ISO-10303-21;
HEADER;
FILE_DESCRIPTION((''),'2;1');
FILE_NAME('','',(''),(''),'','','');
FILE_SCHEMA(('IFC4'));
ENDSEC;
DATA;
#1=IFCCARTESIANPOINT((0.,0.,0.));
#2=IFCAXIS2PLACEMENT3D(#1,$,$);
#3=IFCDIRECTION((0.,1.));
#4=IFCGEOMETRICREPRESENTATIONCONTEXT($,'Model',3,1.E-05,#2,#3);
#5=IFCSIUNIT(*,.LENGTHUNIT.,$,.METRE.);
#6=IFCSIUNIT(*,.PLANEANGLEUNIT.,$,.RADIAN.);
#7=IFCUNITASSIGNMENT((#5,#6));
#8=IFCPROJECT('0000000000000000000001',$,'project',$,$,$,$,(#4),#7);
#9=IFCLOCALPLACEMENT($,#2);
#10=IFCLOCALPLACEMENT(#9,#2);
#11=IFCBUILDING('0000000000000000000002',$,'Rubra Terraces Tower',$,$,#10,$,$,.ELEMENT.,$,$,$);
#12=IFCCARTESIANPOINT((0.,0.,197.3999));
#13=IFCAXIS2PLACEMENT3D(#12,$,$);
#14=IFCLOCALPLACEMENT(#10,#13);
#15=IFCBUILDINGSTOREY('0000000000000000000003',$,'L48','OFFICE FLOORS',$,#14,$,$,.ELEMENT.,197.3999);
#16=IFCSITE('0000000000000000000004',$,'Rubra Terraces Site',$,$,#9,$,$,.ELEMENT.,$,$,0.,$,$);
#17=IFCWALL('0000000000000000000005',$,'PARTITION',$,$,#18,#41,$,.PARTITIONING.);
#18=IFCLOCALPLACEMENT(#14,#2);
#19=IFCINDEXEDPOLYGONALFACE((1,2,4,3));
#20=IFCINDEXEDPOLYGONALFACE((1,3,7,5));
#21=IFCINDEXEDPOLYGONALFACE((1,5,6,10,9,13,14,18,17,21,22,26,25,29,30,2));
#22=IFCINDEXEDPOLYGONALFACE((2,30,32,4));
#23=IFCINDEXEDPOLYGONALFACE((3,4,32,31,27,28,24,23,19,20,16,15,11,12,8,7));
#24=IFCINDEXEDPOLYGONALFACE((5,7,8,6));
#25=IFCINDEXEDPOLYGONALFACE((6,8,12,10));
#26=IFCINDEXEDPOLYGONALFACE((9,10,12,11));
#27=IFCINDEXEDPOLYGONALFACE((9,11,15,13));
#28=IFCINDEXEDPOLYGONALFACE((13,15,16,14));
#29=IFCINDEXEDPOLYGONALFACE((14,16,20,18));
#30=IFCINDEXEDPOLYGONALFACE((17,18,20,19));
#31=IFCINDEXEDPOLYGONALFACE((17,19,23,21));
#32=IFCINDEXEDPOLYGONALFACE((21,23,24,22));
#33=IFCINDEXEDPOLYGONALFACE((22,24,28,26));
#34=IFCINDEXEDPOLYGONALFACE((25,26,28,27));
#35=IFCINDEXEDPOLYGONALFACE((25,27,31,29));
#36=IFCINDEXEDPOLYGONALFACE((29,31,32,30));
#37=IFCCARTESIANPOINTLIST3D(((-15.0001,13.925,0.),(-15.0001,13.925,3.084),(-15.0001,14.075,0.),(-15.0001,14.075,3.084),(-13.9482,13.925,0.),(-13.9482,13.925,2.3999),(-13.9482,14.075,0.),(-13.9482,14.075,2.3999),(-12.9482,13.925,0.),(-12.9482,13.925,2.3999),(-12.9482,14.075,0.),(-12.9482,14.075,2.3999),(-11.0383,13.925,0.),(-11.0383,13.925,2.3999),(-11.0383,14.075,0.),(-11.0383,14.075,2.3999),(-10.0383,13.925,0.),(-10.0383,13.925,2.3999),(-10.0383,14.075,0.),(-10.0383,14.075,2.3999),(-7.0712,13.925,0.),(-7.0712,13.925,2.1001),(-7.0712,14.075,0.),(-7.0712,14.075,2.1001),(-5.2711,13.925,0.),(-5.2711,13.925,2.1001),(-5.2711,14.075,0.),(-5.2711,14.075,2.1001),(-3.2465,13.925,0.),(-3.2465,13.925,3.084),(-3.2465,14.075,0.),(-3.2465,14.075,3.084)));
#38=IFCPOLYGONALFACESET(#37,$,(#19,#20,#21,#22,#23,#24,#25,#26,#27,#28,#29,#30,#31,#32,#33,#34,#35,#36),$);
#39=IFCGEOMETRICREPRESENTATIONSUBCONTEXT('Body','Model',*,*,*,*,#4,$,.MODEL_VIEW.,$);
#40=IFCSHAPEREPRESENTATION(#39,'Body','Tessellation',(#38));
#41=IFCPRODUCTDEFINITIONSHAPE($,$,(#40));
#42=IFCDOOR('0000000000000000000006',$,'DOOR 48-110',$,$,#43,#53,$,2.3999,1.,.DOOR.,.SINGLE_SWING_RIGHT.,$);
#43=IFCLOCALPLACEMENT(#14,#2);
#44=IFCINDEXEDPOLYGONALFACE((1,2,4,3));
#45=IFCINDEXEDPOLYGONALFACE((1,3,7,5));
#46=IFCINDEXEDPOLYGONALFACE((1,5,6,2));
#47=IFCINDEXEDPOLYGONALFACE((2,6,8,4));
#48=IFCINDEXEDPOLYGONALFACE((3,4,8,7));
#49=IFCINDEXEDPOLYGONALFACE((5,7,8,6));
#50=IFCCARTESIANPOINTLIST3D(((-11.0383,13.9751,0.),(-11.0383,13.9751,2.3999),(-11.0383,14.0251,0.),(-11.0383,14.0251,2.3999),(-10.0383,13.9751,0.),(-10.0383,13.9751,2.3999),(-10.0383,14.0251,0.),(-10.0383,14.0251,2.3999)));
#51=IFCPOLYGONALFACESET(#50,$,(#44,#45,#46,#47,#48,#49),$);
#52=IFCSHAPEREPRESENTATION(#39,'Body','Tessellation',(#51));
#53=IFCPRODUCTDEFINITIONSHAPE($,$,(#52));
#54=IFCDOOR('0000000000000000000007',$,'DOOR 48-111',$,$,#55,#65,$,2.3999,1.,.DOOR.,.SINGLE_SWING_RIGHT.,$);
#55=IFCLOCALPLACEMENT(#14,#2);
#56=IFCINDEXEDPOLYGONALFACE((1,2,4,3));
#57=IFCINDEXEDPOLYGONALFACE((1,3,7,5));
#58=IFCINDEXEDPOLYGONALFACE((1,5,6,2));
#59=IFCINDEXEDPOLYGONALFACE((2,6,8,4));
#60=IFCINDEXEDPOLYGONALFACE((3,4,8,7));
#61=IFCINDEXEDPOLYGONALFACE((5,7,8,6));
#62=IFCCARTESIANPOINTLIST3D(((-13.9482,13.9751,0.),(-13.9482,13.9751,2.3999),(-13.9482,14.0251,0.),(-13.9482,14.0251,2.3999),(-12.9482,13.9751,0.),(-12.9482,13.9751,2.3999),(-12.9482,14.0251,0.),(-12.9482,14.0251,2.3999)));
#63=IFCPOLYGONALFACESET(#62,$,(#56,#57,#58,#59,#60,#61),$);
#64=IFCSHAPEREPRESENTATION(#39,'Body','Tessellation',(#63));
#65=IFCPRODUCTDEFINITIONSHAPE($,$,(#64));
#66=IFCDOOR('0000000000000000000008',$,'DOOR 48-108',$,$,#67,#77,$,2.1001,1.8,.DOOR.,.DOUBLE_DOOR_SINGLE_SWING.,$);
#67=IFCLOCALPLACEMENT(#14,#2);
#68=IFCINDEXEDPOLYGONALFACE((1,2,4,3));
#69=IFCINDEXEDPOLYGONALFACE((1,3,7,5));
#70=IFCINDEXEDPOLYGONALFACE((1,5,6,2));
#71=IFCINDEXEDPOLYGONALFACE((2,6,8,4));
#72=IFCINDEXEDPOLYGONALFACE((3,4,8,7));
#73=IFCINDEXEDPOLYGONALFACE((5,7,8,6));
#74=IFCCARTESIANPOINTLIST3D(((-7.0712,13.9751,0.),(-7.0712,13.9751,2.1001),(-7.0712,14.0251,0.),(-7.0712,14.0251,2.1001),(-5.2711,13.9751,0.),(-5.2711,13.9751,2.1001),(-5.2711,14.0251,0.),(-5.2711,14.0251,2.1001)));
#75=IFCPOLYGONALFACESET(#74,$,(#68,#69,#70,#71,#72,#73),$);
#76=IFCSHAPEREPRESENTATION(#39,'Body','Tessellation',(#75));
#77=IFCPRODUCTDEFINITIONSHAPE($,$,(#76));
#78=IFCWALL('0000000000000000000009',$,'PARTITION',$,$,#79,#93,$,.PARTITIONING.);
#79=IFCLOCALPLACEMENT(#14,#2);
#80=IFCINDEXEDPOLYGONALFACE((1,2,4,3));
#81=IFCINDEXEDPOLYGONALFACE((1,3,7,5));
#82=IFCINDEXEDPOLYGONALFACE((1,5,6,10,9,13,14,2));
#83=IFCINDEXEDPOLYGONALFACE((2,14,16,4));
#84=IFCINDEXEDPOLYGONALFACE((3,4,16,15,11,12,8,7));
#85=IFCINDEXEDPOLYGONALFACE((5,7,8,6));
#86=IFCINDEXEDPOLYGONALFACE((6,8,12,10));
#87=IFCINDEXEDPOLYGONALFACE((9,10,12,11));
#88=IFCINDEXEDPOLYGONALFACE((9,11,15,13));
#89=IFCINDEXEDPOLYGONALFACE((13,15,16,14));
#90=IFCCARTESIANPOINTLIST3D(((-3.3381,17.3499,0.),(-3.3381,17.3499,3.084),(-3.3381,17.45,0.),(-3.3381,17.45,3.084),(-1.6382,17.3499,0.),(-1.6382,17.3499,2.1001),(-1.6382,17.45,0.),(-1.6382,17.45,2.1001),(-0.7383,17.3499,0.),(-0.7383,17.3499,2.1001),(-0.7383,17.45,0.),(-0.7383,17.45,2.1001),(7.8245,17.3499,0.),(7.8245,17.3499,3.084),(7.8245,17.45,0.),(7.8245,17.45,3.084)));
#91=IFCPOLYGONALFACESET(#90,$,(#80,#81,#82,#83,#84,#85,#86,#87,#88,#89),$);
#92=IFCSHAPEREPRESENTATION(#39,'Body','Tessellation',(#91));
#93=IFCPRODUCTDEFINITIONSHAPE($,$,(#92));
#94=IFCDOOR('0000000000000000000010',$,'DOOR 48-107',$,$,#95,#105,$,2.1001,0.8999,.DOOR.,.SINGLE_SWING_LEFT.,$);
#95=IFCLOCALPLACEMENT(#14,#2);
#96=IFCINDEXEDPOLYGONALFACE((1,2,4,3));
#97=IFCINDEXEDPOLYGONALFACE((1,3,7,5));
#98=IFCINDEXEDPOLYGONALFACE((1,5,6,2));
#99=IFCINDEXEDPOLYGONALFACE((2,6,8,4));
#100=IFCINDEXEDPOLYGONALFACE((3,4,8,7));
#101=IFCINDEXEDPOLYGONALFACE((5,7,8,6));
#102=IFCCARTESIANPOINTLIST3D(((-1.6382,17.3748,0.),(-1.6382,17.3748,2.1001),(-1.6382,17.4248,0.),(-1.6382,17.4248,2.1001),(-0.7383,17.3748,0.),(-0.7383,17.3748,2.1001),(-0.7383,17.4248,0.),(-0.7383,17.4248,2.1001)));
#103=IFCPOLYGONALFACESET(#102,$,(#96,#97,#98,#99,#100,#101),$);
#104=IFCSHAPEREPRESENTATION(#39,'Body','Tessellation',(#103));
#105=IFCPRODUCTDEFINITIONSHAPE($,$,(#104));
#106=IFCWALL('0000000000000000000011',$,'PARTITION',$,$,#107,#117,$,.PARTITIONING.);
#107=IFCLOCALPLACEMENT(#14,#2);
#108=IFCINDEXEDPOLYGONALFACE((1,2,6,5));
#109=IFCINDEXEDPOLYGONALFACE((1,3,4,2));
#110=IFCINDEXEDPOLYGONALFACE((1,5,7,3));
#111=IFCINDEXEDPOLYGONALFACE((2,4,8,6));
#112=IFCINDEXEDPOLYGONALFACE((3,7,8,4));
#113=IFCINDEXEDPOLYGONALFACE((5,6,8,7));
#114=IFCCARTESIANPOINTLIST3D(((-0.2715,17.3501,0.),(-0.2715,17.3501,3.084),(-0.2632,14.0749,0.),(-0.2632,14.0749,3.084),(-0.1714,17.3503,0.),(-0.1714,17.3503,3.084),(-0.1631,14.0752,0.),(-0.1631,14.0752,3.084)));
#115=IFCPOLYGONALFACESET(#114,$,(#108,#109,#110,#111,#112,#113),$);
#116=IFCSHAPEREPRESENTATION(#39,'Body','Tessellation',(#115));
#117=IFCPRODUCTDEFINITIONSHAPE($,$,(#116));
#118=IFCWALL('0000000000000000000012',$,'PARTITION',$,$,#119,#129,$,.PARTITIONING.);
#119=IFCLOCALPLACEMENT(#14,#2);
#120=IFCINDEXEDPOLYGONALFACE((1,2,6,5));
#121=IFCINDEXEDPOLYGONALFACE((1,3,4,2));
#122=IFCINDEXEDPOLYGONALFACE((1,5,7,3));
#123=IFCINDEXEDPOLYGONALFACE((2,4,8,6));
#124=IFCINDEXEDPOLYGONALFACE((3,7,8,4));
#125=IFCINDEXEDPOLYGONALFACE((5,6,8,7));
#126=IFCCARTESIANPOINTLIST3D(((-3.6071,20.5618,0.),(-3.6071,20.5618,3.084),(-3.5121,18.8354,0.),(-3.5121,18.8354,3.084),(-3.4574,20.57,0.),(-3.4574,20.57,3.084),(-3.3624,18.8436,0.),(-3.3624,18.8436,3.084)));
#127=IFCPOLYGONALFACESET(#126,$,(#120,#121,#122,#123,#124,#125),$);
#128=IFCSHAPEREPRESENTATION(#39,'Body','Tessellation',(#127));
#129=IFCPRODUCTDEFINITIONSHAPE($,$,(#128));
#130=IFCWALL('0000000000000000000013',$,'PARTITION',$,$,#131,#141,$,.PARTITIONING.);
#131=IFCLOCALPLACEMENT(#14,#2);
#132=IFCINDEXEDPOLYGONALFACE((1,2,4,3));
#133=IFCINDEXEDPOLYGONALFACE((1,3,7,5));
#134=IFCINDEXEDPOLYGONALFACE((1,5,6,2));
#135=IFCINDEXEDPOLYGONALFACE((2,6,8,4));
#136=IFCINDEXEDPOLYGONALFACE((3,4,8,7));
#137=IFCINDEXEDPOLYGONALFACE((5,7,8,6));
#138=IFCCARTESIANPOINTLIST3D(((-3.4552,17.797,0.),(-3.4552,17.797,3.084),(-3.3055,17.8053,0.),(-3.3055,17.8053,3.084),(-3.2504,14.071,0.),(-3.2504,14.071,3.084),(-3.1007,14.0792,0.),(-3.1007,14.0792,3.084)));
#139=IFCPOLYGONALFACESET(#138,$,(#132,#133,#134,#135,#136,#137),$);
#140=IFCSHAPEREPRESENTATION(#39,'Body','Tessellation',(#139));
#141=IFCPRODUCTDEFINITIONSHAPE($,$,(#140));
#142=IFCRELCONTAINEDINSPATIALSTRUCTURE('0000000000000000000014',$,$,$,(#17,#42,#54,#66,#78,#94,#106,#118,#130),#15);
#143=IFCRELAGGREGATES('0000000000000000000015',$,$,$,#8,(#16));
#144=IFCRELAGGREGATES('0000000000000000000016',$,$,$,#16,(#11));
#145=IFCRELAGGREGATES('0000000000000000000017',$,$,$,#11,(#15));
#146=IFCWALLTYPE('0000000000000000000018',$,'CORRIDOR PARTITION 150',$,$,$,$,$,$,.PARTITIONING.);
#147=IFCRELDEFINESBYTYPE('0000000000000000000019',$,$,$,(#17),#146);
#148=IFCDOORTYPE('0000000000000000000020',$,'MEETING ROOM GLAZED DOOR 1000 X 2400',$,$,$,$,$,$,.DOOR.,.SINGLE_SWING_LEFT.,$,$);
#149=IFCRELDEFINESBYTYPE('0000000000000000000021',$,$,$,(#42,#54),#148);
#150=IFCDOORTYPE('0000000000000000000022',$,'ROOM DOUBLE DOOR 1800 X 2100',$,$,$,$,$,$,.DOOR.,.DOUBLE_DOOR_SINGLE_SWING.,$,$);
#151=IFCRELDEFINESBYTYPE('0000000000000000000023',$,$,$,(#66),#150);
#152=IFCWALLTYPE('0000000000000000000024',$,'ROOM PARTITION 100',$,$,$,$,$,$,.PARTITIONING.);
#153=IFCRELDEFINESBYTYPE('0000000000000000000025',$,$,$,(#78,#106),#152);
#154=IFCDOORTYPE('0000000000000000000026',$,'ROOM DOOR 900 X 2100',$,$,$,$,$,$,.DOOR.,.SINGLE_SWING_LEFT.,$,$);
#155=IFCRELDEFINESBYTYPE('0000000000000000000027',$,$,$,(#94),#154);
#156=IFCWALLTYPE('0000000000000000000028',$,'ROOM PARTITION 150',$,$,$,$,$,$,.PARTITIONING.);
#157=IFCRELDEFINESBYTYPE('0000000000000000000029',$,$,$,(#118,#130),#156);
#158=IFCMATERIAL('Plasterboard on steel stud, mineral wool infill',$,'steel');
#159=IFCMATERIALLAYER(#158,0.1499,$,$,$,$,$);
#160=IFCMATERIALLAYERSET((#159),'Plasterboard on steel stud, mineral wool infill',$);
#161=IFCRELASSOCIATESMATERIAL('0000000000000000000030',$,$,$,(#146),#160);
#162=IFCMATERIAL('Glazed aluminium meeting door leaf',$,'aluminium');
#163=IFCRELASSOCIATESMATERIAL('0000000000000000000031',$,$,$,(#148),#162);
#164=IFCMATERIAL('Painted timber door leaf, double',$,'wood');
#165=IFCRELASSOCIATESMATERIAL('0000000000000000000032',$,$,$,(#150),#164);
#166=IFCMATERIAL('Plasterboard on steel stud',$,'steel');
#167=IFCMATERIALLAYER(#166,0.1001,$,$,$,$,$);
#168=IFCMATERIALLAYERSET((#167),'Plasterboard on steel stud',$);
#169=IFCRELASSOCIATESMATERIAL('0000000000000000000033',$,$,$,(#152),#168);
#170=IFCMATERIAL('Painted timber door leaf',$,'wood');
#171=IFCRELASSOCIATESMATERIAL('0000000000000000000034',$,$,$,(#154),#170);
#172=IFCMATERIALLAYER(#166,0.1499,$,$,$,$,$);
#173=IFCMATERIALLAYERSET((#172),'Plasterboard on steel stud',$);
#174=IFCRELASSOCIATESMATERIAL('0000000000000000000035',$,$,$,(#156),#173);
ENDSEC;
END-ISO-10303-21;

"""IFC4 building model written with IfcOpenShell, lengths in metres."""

from ifc_helpers import new_model, si_unit, direction, frame, frame_2d, origin, place, context, subcontext, project, spatial, rectangle, extrude, material, layer, layer_set, type_object, element, fill, save


model = new_model("IFC4")

# Units and contexts
model_context = context("Model", 3, precision=1e-05, world=origin(), true_north=direction((0.0, 1.0)))
body_context = subcontext(model_context, "Body", "Model", "MODEL_VIEW")
ifc_project = project(units=[si_unit("LENGTHUNIT", "METRE"), si_unit("PLANEANGLEUNIT", "RADIAN")], contexts=[model_context])

# Site, building, storey
site_placement = place(None, origin())
site = spatial("IfcSite", under=ifc_project, at=site_placement, Name="Rubra Terraces Site", CompositionType="ELEMENT", RefElevation=0.0)
building_placement = place(site_placement, origin())
building = spatial("IfcBuilding", under=site, at=building_placement, Name="Rubra Terraces Tower", CompositionType="ELEMENT")
storey_placement = place(building_placement, frame((0.0, 0.0, 197.3999)))
storey = spatial("IfcBuildingStorey", under=building, at=storey_placement, Name="L48", Description="OFFICE FLOORS", CompositionType="ELEMENT", Elevation=197.3999)

# Wall, openings, doors
ifc_material_1 = material(Name="Plasterboard on steel stud, mineral wool infill", Category="steel")
ifc_layer_1 = layer(ifc_material_1, 0.1499)
ifc_layer_set_1 = layer_set([ifc_layer_1], Name="Plasterboard on steel stud, mineral wool infill")
wall_type_1 = type_object("IfcWallType", Name="CORRIDOR PARTITION 150", PredefinedType="PARTITIONING", material=ifc_layer_set_1)
wall_1_placement = place(storey_placement, frame((-3.2463, 14.0, 0.0), z_axis=(0.0, 0.0, 1.0), x_axis=(-1.0, 0.0, 0.0)))
wall_1 = element("IfcWall", 1, at=wall_1_placement, inside=storey, type_object=wall_type_1, Name="PARTITION", PredefinedType="PARTITIONING", context=body_context, shape_type="SweptSolid", body=[
    extrude(rectangle(XDim=11.7537, YDim=0.1499, at=frame_2d((5.877, 0.0))), origin(), (0.0, 0.0, 1.0), 3.084),
])
opening_1_placement = place(wall_1_placement, frame((2.0249, 0.0, 0.0)))
opening_1 = element("IfcOpeningElement", 2, at=opening_1_placement, cuts=wall_1, PredefinedType="OPENING", context=body_context, shape_type="SweptSolid", body=[
    extrude(rectangle(XDim=1.8, YDim=2.1001, at=frame_2d((0.8999, 1.05))), frame((0.0, 0.085, 0.0), z_axis=(0.0, -1.0, 0.0), x_axis=(1.0, 0.0, 0.0)), (0.0, 0.0, 1.0), 0.1699),
])
opening_2_placement = place(wall_1_placement, frame((6.792, 0.0, 0.0)))
opening_2 = element("IfcOpeningElement", 3, at=opening_2_placement, cuts=wall_1, PredefinedType="OPENING", context=body_context, shape_type="SweptSolid", body=[
    extrude(rectangle(XDim=1.0, YDim=2.3999, at=frame_2d((0.5, 1.2))), frame((0.0, 0.085, 0.0), z_axis=(0.0, -1.0, 0.0), x_axis=(1.0, 0.0, 0.0)), (0.0, 0.0, 1.0), 0.1699),
])
opening_3_placement = place(wall_1_placement, frame((9.7019, 0.0, 0.0)))
opening_3 = element("IfcOpeningElement", 4, at=opening_3_placement, cuts=wall_1, PredefinedType="OPENING", context=body_context, shape_type="SweptSolid", body=[
    extrude(rectangle(XDim=1.0, YDim=2.3999, at=frame_2d((0.5, 1.2))), frame((0.0, 0.085, 0.0), z_axis=(0.0, -1.0, 0.0), x_axis=(1.0, 0.0, 0.0)), (0.0, 0.0, 1.0), 0.1699),
])
ifc_material_2 = material(Name="Glazed aluminium meeting door leaf", Category="aluminium")
door_type_1 = type_object("IfcDoorType", Name="MEETING ROOM GLAZED DOOR 1000 X 2400", OperationType="SINGLE_SWING_LEFT", PredefinedType="DOOR", material=ifc_material_2)
door_1_placement = place(opening_2_placement, origin())
door_1 = element("IfcDoor", 5, at=door_1_placement, inside=storey, type_object=door_type_1, Name="DOOR 48-110", OperationType="SINGLE_SWING_RIGHT", OverallHeight=2.3999, OverallWidth=1.0, PredefinedType="DOOR", context=body_context, shape_type="SweptSolid", body=[
    extrude(rectangle(XDim=1.0, YDim=2.3999, at=frame_2d((0.5, 1.2))), frame((0.0, 0.0249, 0.0), z_axis=(0.0, -1.0, 0.0), x_axis=(1.0, 0.0, 0.0)), (0.0, 0.0, 1.0), 0.05),
])
fill(opening_2, door_1)
door_2_placement = place(opening_3_placement, origin())
door_2 = element("IfcDoor", 6, at=door_2_placement, inside=storey, type_object=door_type_1, Name="DOOR 48-111", OperationType="SINGLE_SWING_RIGHT", OverallHeight=2.3999, OverallWidth=1.0, PredefinedType="DOOR", context=body_context, shape_type="SweptSolid", body=[
    extrude(rectangle(XDim=1.0, YDim=2.3999, at=frame_2d((0.5, 1.2))), frame((0.0, 0.0249, 0.0), z_axis=(0.0, -1.0, 0.0), x_axis=(1.0, 0.0, 0.0)), (0.0, 0.0, 1.0), 0.05),
])
fill(opening_3, door_2)
ifc_material_3 = material(Name="Painted timber door leaf, double", Category="wood")
door_type_2 = type_object("IfcDoorType", Name="ROOM DOUBLE DOOR 1800 X 2100", OperationType="DOUBLE_DOOR_SINGLE_SWING", PredefinedType="DOOR", material=ifc_material_3)
door_3_placement = place(opening_1_placement, origin())
door_3 = element("IfcDoor", 7, at=door_3_placement, inside=storey, type_object=door_type_2, Name="DOOR 48-108", OperationType="DOUBLE_DOOR_SINGLE_SWING", OverallHeight=2.1001, OverallWidth=1.8, PredefinedType="DOOR", context=body_context, shape_type="SweptSolid", body=[
    extrude(rectangle(XDim=1.8, YDim=2.1001, at=frame_2d((0.8999, 1.05))), frame((0.0, 0.0249, 0.0), z_axis=(0.0, -1.0, 0.0), x_axis=(1.0, 0.0, 0.0)), (0.0, 0.0, 1.0), 0.05),
])
fill(opening_1, door_3)

# Wall, opening, door
ifc_material_4 = material(Name="Plasterboard on steel stud", Category="steel")
ifc_layer_2 = layer(ifc_material_4, 0.1001)
ifc_layer_set_2 = layer_set([ifc_layer_2], Name="Plasterboard on steel stud")
wall_type_2 = type_object("IfcWallType", Name="ROOM PARTITION 100", PredefinedType="PARTITIONING", material=ifc_layer_set_2)
wall_2_placement = place(storey_placement, frame((-3.3381, 17.3999, 0.0), z_axis=(0.0, 0.0, 1.0), x_axis=(1.0, 0.0, 0.0)))
wall_2 = element("IfcWall", 8, at=wall_2_placement, inside=storey, type_object=wall_type_2, Name="PARTITION", PredefinedType="PARTITIONING", context=body_context, shape_type="SweptSolid", body=[
    extrude(rectangle(XDim=11.1626, YDim=0.1001, at=frame_2d((5.5813, 0.0))), origin(), (0.0, 0.0, 1.0), 3.084),
])
opening_4_placement = place(wall_2_placement, frame((1.7, 0.0, 0.0)))
opening_4 = element("IfcOpeningElement", 9, at=opening_4_placement, cuts=wall_2, PredefinedType="OPENING", context=body_context, shape_type="SweptSolid", body=[
    extrude(rectangle(XDim=0.8999, YDim=2.1001, at=frame_2d((0.45, 1.05))), frame((0.0, 0.0601, 0.0), z_axis=(0.0, -1.0, 0.0), x_axis=(1.0, 0.0, 0.0)), (0.0, 0.0, 1.0), 0.1201),
])
ifc_material_5 = material(Name="Painted timber door leaf", Category="wood")
door_type_3 = type_object("IfcDoorType", Name="ROOM DOOR 900 X 2100", OperationType="SINGLE_SWING_LEFT", PredefinedType="DOOR", material=ifc_material_5)
door_4_placement = place(opening_4_placement, origin())
door_4 = element("IfcDoor", 10, at=door_4_placement, inside=storey, type_object=door_type_3, Name="DOOR 48-107", OperationType="SINGLE_SWING_LEFT", OverallHeight=2.1001, OverallWidth=0.8999, PredefinedType="DOOR", context=body_context, shape_type="SweptSolid", body=[
    extrude(rectangle(XDim=0.8999, YDim=2.1001, at=frame_2d((0.45, 1.05))), frame((0.0, 0.0249, 0.0), z_axis=(0.0, -1.0, 0.0), x_axis=(1.0, 0.0, 0.0)), (0.0, 0.0, 1.0), 0.05),
])
fill(opening_4, door_4)

# Walls
wall_3_placement = place(storey_placement, frame((-0.2131, 14.075, 0.0), z_axis=(0.0, 0.0, 1.0), x_axis=(-0.002534, 0.999997, 0.0)))
element("IfcWall", 11, at=wall_3_placement, inside=storey, type_object=wall_type_2, Name="PARTITION", PredefinedType="PARTITIONING", context=body_context, shape_type="SweptSolid", body=[
    extrude(rectangle(XDim=3.2751, YDim=0.1001, at=frame_2d((1.6377, 0.0))), origin(), (0.0, 0.0, 1.0), 3.084),
])
ifc_layer_3 = layer(ifc_material_4, 0.1499)
ifc_layer_set_3 = layer_set([ifc_layer_3], Name="Plasterboard on steel stud")
wall_type_3 = type_object("IfcWallType", Name="ROOM PARTITION 150", PredefinedType="PARTITIONING", material=ifc_layer_set_3)
wall_4_placement = place(storey_placement, frame((-3.5322, 20.5659, 0.0), z_axis=(0.0, 0.0, 1.0), x_axis=(0.05493, -0.99849, 0.0)))
element("IfcWall", 12, at=wall_4_placement, inside=storey, type_object=wall_type_3, Name="PARTITION", PredefinedType="PARTITIONING", context=body_context, shape_type="SweptSolid", body=[
    extrude(rectangle(XDim=1.729, YDim=0.1499, at=frame_2d((0.8645, 0.0))), origin(), (0.0, 0.0, 1.0), 3.084),
])
wall_5_placement = place(storey_placement, frame((-3.3804, 17.801, 0.0), z_axis=(0.0, 0.0, 1.0), x_axis=(0.05489, -0.998492, 0.0)))
element("IfcWall", 13, at=wall_5_placement, inside=storey, type_object=wall_type_3, Name="PARTITION", PredefinedType="PARTITIONING", context=body_context, shape_type="SweptSolid", body=[
    extrude(rectangle(XDim=3.7317, YDim=0.1499, at=frame_2d((1.8657, 0.0))), origin(), (0.0, 0.0, 1.0), 3.084),
])

save(model, "model.ifc")
